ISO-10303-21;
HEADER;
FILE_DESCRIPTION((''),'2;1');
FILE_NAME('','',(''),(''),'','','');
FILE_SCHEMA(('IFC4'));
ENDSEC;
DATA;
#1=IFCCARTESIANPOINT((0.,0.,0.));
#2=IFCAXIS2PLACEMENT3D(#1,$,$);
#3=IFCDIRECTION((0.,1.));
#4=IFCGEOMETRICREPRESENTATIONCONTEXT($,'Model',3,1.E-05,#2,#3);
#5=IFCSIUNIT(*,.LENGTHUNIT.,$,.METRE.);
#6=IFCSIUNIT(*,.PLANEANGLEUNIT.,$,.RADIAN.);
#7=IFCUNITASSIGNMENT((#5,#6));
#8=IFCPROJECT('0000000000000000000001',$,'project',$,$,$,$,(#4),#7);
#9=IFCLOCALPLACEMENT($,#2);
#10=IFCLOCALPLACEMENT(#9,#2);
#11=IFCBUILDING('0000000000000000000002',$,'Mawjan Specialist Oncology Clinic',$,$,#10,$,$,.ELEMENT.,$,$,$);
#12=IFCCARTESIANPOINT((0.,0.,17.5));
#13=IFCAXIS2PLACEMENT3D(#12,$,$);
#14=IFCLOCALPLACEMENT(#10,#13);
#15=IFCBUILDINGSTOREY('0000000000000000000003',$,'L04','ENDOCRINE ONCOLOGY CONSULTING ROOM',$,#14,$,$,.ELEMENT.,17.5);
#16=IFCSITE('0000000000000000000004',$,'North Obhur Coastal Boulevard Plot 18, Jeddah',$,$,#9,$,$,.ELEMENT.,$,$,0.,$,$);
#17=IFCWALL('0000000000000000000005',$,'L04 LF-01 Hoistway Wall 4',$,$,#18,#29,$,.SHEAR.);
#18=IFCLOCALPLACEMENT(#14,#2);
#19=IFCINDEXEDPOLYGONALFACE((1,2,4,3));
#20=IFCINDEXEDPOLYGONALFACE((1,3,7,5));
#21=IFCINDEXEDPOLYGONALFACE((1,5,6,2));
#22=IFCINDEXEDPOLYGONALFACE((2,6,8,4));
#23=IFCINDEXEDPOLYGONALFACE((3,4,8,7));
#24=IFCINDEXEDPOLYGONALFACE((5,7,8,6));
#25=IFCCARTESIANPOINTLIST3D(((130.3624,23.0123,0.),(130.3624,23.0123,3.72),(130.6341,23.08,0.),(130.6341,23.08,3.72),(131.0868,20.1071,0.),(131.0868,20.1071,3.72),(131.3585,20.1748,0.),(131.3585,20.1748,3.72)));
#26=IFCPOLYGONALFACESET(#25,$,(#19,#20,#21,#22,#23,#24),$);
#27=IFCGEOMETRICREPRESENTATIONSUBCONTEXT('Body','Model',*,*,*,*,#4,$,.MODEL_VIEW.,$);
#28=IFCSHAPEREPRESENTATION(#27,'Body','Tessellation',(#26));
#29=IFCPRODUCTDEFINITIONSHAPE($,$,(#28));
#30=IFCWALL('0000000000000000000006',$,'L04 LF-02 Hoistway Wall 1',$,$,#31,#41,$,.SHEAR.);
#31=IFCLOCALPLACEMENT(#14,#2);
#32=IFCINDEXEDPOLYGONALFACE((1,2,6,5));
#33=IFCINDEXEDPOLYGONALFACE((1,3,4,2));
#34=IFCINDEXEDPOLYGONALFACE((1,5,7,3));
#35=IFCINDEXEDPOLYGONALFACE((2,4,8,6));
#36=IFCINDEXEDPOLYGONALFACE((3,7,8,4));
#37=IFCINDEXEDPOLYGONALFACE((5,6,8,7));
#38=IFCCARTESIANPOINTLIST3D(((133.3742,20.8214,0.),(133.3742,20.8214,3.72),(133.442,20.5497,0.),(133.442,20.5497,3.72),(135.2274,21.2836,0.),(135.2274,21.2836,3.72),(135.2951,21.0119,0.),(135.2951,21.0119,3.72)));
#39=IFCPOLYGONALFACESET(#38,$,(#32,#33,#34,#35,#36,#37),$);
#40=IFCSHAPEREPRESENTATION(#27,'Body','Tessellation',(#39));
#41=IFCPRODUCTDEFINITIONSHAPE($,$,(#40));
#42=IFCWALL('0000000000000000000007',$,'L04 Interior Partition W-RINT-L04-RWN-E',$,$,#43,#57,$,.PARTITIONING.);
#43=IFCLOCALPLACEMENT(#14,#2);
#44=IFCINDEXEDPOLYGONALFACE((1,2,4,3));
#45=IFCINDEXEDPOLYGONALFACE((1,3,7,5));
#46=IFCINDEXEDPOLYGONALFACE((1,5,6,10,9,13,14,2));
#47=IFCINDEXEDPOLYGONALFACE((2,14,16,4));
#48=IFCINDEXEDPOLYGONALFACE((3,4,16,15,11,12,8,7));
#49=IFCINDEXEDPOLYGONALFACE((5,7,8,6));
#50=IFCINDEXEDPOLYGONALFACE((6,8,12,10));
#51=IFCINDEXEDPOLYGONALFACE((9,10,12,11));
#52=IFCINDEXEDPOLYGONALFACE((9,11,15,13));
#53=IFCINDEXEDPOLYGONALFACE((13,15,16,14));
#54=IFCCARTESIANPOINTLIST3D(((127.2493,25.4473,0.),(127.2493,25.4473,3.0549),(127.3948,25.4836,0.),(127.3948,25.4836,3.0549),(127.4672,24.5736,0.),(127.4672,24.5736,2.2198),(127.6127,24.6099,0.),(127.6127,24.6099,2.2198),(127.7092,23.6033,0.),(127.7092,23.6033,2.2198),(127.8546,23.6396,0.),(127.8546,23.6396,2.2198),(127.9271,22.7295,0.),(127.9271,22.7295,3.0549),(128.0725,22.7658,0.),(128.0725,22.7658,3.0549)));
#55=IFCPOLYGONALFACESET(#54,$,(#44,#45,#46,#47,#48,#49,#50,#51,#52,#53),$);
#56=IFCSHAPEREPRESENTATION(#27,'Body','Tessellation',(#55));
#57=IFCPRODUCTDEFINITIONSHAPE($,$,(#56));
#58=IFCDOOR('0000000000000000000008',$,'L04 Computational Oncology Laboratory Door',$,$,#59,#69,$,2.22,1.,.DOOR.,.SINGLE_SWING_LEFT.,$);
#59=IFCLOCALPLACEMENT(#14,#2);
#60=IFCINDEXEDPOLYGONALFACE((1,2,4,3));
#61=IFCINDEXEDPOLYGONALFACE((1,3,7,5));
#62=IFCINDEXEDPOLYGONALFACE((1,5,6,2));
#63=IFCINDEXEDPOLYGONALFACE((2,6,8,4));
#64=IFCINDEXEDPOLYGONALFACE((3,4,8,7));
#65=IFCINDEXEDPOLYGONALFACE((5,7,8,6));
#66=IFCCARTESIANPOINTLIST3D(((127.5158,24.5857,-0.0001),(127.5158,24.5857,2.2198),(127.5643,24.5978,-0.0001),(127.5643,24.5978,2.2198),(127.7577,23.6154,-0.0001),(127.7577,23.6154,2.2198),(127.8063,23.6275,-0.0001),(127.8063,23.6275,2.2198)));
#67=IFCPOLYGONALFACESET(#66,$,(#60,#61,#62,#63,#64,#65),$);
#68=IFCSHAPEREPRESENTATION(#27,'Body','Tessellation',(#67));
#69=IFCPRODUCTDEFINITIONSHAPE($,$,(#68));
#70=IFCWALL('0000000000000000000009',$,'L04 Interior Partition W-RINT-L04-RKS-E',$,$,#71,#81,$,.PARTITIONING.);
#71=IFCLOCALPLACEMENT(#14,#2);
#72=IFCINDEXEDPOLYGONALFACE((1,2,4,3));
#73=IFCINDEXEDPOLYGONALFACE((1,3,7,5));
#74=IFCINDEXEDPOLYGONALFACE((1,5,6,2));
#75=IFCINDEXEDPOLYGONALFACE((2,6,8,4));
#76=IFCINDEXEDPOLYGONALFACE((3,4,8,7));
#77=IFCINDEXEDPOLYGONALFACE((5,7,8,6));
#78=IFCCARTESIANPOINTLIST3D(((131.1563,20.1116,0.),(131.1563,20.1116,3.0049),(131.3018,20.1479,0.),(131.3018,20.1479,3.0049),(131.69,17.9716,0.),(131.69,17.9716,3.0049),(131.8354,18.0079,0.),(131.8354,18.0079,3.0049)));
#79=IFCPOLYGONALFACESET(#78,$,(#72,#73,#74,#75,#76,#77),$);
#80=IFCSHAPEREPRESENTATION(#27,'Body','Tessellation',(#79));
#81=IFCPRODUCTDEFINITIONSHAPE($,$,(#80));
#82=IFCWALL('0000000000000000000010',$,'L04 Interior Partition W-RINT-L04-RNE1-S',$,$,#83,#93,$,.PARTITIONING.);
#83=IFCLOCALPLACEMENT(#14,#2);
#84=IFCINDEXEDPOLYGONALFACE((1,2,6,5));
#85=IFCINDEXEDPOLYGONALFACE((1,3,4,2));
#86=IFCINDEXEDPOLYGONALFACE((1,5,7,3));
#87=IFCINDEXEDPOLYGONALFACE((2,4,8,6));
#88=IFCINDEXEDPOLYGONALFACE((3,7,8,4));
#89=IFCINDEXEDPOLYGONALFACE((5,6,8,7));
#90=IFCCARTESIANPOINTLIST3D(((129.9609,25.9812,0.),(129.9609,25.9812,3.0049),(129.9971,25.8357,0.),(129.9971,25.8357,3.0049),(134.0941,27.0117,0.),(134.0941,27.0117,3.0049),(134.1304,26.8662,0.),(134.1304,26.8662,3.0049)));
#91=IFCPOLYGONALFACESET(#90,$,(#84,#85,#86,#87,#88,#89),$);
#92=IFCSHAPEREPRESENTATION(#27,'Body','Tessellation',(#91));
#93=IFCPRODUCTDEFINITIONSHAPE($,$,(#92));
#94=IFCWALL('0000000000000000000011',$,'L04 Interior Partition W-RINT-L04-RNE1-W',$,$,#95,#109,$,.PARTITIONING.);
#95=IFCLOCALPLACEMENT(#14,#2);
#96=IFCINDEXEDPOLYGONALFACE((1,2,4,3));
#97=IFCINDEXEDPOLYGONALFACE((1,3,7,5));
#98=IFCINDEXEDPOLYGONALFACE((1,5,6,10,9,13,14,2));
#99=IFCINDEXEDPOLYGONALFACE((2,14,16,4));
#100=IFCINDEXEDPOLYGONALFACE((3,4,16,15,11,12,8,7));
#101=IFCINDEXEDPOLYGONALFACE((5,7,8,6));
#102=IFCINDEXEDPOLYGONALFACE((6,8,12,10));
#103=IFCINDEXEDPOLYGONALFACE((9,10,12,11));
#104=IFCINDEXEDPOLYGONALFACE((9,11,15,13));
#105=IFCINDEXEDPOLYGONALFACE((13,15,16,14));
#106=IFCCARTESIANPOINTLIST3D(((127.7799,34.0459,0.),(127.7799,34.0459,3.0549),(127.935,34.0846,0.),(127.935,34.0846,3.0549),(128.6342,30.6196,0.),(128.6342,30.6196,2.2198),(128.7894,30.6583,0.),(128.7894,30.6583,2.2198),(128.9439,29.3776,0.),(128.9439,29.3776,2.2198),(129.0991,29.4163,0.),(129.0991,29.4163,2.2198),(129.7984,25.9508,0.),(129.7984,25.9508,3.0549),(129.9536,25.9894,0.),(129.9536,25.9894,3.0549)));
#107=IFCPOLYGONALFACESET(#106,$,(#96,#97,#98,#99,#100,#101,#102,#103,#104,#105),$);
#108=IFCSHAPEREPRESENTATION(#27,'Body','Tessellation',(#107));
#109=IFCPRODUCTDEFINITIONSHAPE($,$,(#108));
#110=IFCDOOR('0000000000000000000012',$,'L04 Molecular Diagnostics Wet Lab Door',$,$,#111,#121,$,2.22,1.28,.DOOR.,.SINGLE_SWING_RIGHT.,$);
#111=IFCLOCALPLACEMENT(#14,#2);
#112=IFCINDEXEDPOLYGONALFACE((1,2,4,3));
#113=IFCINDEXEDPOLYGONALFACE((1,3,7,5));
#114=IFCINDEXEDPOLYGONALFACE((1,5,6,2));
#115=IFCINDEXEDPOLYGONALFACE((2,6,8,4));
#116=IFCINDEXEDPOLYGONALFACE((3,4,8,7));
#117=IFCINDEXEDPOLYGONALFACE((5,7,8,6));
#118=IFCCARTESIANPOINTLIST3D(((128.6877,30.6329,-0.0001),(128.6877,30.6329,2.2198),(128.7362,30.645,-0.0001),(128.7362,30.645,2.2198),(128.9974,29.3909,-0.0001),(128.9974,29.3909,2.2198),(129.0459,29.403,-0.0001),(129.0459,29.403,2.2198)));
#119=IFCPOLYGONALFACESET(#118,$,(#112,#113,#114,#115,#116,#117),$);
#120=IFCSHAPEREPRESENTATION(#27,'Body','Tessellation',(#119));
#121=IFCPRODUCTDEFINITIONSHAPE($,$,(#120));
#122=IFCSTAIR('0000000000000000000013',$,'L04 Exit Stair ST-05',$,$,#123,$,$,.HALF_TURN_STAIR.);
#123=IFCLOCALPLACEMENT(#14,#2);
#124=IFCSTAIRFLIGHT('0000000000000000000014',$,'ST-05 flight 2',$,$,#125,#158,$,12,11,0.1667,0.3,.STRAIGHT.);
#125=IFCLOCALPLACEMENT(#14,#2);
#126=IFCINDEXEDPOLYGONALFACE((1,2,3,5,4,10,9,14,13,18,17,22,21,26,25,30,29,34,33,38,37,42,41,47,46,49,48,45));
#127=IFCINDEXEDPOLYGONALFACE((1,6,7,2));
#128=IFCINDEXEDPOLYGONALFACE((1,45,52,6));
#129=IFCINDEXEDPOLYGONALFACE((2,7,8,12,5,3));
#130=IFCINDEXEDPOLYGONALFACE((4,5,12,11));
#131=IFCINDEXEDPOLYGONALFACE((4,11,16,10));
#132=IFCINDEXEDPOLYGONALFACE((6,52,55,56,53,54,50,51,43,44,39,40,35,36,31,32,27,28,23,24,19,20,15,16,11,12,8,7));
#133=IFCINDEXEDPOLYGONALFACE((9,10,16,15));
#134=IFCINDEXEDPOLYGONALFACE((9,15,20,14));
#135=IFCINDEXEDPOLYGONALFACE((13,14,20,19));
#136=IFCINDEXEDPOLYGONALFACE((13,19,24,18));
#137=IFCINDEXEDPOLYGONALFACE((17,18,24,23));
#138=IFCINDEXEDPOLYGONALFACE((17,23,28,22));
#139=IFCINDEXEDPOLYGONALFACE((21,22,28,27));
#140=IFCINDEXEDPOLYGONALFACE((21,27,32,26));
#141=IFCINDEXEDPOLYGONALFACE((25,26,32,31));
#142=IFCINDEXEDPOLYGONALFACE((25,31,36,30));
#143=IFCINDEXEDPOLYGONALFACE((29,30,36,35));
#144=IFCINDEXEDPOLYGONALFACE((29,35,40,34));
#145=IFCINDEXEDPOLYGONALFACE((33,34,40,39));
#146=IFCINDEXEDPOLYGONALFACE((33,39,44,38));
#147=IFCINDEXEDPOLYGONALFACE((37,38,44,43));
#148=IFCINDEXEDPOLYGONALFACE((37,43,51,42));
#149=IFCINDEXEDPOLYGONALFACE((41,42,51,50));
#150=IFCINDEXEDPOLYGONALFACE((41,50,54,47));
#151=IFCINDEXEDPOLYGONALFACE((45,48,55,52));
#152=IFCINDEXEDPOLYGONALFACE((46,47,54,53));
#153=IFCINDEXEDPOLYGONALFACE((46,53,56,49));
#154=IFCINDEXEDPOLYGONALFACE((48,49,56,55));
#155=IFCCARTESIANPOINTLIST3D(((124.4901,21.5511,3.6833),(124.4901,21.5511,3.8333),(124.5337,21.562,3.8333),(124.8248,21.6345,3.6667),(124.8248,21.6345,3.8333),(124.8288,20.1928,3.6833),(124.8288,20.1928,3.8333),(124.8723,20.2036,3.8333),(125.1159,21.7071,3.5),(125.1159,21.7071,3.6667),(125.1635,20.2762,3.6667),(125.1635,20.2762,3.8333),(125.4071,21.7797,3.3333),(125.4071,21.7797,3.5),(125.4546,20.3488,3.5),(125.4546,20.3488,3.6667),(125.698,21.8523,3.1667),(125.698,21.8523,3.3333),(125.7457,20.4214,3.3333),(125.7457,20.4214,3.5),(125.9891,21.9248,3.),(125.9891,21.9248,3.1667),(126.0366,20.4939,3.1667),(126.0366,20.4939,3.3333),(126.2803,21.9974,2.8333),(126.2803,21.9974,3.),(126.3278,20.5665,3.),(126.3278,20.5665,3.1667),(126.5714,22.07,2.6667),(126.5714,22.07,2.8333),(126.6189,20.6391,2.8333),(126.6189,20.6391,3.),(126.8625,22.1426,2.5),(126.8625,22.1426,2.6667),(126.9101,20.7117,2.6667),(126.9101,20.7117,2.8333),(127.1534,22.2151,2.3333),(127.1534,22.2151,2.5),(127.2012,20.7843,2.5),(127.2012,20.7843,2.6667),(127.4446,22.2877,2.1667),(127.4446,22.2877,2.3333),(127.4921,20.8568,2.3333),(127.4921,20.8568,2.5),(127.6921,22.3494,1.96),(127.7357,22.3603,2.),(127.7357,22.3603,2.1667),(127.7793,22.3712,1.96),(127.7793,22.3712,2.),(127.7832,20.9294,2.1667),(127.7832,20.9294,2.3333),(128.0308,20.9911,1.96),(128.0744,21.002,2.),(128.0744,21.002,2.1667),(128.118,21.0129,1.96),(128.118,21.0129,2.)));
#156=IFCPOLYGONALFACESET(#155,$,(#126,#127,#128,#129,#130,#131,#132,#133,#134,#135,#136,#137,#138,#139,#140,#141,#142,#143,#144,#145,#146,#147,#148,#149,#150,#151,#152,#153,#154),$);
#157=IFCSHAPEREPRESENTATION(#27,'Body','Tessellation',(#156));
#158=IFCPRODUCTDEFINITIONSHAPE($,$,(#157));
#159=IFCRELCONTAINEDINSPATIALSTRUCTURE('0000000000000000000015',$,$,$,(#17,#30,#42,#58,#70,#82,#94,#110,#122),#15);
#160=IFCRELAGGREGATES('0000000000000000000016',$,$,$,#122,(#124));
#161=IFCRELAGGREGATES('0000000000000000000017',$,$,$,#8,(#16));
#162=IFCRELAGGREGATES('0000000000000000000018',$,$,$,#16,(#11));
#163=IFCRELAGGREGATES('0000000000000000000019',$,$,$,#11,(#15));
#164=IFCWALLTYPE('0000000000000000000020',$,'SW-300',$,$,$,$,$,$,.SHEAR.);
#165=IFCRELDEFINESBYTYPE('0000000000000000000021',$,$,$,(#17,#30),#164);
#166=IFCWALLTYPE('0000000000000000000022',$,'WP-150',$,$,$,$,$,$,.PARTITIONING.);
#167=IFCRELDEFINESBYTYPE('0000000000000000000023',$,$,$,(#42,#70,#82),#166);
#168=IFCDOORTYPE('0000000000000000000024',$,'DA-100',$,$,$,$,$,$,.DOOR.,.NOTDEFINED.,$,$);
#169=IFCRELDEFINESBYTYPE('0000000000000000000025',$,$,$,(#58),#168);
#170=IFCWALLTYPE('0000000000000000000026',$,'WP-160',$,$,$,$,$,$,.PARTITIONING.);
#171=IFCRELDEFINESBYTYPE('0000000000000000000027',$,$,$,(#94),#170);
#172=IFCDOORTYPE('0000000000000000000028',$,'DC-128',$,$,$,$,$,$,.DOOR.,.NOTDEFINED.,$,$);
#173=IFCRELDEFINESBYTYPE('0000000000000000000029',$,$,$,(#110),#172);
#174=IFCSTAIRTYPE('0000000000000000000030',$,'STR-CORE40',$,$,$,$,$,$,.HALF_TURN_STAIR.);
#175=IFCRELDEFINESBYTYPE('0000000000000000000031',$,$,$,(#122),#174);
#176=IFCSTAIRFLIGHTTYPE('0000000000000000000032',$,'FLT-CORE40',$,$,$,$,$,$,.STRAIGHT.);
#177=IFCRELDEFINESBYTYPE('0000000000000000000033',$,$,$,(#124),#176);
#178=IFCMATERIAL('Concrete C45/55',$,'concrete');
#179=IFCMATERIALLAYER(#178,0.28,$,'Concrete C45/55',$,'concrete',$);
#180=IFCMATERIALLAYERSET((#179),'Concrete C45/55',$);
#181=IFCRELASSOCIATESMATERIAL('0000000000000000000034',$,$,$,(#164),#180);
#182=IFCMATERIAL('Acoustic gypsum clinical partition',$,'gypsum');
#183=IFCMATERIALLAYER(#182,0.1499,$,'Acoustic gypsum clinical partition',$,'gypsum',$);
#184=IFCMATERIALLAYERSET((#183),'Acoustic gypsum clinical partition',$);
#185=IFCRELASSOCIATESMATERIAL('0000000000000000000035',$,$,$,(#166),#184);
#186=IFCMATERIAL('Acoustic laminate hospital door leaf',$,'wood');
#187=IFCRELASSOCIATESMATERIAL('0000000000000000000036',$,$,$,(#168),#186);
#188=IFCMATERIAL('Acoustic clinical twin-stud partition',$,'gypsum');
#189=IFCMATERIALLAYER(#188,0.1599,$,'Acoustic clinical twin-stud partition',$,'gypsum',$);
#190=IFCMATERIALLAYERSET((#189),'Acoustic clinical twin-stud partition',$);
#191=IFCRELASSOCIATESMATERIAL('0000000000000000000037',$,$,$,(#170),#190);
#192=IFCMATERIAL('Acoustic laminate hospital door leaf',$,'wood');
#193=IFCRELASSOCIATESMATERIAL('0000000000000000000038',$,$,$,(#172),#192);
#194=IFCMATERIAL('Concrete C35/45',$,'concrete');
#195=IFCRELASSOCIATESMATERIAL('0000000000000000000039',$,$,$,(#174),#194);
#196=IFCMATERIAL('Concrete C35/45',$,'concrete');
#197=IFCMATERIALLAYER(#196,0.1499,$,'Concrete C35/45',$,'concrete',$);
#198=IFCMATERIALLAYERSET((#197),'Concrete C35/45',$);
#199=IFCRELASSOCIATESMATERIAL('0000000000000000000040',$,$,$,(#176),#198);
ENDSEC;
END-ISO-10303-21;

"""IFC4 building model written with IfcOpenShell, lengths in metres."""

from ifc_helpers import new_model, si_unit, direction, frame, frame_2d, origin, place, context, subcontext, project, spatial, polyline, rectangle, outline, extrude, material, layer, layer_set, type_object, element, fill, aggregate, save


model = new_model("IFC4")

# Units and contexts
model_context = context("Model", 3, precision=1e-05, world=origin(), true_north=direction((0.0, 1.0)))
body_context = subcontext(model_context, "Body", "Model", "MODEL_VIEW")
ifc_project = project(units=[si_unit("LENGTHUNIT", "METRE"), si_unit("PLANEANGLEUNIT", "RADIAN")], contexts=[model_context])

# Site, building, storey
site_placement = place(None, origin())
site = spatial("IfcSite", under=ifc_project, at=site_placement, Name="North Obhur Coastal Boulevard Plot 18, Jeddah", CompositionType="ELEMENT", RefElevation=0.0)
building_placement = place(site_placement, origin())
building = spatial("IfcBuilding", under=site, at=building_placement, Name="Mawjan Specialist Oncology Clinic", CompositionType="ELEMENT")
storey_placement = place(building_placement, frame((0.0, 0.0, 17.5)))
storey = spatial("IfcBuildingStorey", under=building, at=storey_placement, Name="L04", Description="ENDOCRINE ONCOLOGY CONSULTING ROOM", CompositionType="ELEMENT", Elevation=17.5)

# Shared definitions
ifc_material_1 = material(Name="Concrete C45/55", Category="concrete")
ifc_layer_1 = layer(ifc_material_1, 0.28, Name="Concrete C45/55", Category="concrete")
ifc_layer_set_1 = layer_set([ifc_layer_1], Name="Concrete C45/55")
wall_type_1 = type_object("IfcWallType", Name="SW-300", PredefinedType="SHEAR", material=ifc_layer_set_1)

# Walls
wall_1_placement = place(storey_placement, frame((130.4983, 23.0461, 0.0), z_axis=(0.0, 0.0, 1.0), x_axis=(0.241922, -0.970296, 0.0)))
element("IfcWall", 1, at=wall_1_placement, inside=storey, type_object=wall_type_1, Name="L04 LF-01 Hoistway Wall 4", PredefinedType="SHEAR", context=body_context, shape_type="SweptSolid", body=[
    extrude(rectangle(XDim=2.9941, YDim=0.28, at=frame_2d((1.4971, 0.0))), origin(), (0.0, 0.0, 1.0), 3.72),
])
wall_2_placement = place(storey_placement, frame((133.408, 20.6855, 0.0), z_axis=(0.0, 0.0, 1.0), x_axis=(0.970285, 0.241964, 0.0)))
element("IfcWall", 2, at=wall_2_placement, inside=storey, type_object=wall_type_1, Name="L04 LF-02 Hoistway Wall 1", PredefinedType="SHEAR", context=body_context, shape_type="SweptSolid", body=[
    extrude(rectangle(XDim=1.9099, YDim=0.28, at=frame_2d((0.9551, 0.0))), origin(), (0.0, 0.0, 1.0), 3.72),
])

# Wall, opening, door
ifc_material_2 = material(Name="Acoustic gypsum clinical partition", Category="gypsum")
ifc_layer_2 = layer(ifc_material_2, 0.1499, Name="Acoustic gypsum clinical partition", Category="gypsum")
ifc_layer_set_2 = layer_set([ifc_layer_2], Name="Acoustic gypsum clinical partition")
wall_type_2 = type_object("IfcWallType", Name="WP-150", PredefinedType="PARTITIONING", material=ifc_layer_set_2)
wall_3_placement = place(storey_placement, frame((127.9998, 22.7478, 0.0), z_axis=(0.0, 0.0, 1.0), x_axis=(-0.241961, 0.970286, 0.0)))
wall_3 = element("IfcWall", 3, at=wall_3_placement, inside=storey, type_object=wall_type_2, Name="L04 Interior Partition W-RINT-L04-RWN-E", PredefinedType="PARTITIONING", context=body_context, shape_type="SweptSolid", body=[
    extrude(rectangle(XDim=2.801, YDim=0.1499, at=frame_2d((1.4004, 0.0))), origin(), (0.0, 0.0, 1.0), 3.0549),
])
opening_1_placement = place(wall_3_placement, frame((0.9004, 0.0, 0.0)))
opening_1 = element("IfcOpeningElement", 4, at=opening_1_placement, cuts=wall_3, PredefinedType="OPENING", context=body_context, shape_type="SweptSolid", body=[
    extrude(rectangle(XDim=1.0, YDim=2.22, at=frame_2d((0.5, 1.1099))), frame((0.0, 0.0869, 0.0), z_axis=(0.0, -1.0, 0.0), x_axis=(1.0, 0.0, 0.0)), (0.0, 0.0, 1.0), 0.1738),
])
ifc_material_3 = material(Name="Acoustic laminate hospital door leaf", Category="wood")
door_type_1 = type_object("IfcDoorType", Name="DA-100", OperationType="NOTDEFINED", PredefinedType="DOOR", material=ifc_material_3)
door_1_placement = place(opening_1_placement, origin())
door_1 = element("IfcDoor", 5, at=door_1_placement, inside=storey, type_object=door_type_1, Name="L04 Computational Oncology Laboratory Door", OperationType="SINGLE_SWING_LEFT", OverallHeight=2.22, OverallWidth=1.0, PredefinedType="DOOR", context=body_context, shape_type="SweptSolid", body=[
    extrude(rectangle(XDim=1.0, YDim=2.22, at=frame_2d((0.5, 1.1099))), frame((0.0, 0.0249, 0.0), z_axis=(0.0, -1.0, 0.0), x_axis=(1.0, 0.0, 0.0)), (0.0, 0.0, 1.0), 0.05),
])
fill(opening_1, door_1)

# Walls
wall_4_placement = place(storey_placement, frame((131.7627, 17.9897, 0.0), z_axis=(0.0, 0.0, 1.0), x_axis=(-0.241963, 0.970286, 0.0)))
element("IfcWall", 6, at=wall_4_placement, inside=storey, type_object=wall_type_2, Name="L04 Interior Partition W-RINT-L04-RKS-E", PredefinedType="PARTITIONING", context=body_context, shape_type="SweptSolid", body=[
    extrude(rectangle(XDim=2.2056, YDim=0.1499, at=frame_2d((1.1028, 0.0))), origin(), (0.0, 0.0, 1.0), 3.0049),
])
wall_5_placement = place(storey_placement, frame((129.979, 25.9084, 0.0), z_axis=(0.0, 0.0, 1.0), x_axis=(0.970297, 0.241915, 0.0)))
element("IfcWall", 7, at=wall_5_placement, inside=storey, type_object=wall_type_2, Name="L04 Interior Partition W-RINT-L04-RNE1-S", PredefinedType="PARTITIONING", context=body_context, shape_type="SweptSolid", body=[
    extrude(rectangle(XDim=4.2598, YDim=0.1499, at=frame_2d((2.1299, 0.0))), origin(), (0.0, 0.0, 1.0), 3.0049),
])

# Wall, opening, door
ifc_material_4 = material(Name="Acoustic clinical twin-stud partition", Category="gypsum")
ifc_layer_3 = layer(ifc_material_4, 0.1599, Name="Acoustic clinical twin-stud partition", Category="gypsum")
ifc_layer_set_3 = layer_set([ifc_layer_3], Name="Acoustic clinical twin-stud partition")
wall_type_3 = type_object("IfcWallType", Name="WP-160", PredefinedType="PARTITIONING", material=ifc_layer_set_3)
wall_6_placement = place(storey_placement, frame((129.876, 25.9702, 0.0), z_axis=(0.0, 0.0, 1.0), x_axis=(-0.241943, 0.97029, 0.0)))
wall_6 = element("IfcWall", 8, at=wall_6_placement, inside=storey, type_object=wall_type_3, Name="L04 Interior Partition W-RINT-L04-RNE1-W", PredefinedType="PARTITIONING", context=body_context, shape_type="SweptSolid", body=[
    extrude(rectangle(XDim=8.343, YDim=0.1599, at=frame_2d((4.1714, 0.0))), origin(), (0.0, 0.0, 1.0), 3.0549),
])
opening_2_placement = place(wall_6_placement, frame((3.5315, 0.0, 0.0)))
opening_2 = element("IfcOpeningElement", 9, at=opening_2_placement, cuts=wall_6, PredefinedType="OPENING", context=body_context, shape_type="SweptSolid", body=[
    extrude(rectangle(XDim=1.28, YDim=2.22, at=frame_2d((0.6401, 1.1099))), frame((0.0, 0.092, 0.0), z_axis=(0.0, -1.0, 0.0), x_axis=(1.0, 0.0, 0.0)), (0.0, 0.0, 1.0), 0.1838),
])
ifc_material_5 = material(Name="Acoustic laminate hospital door leaf", Category="wood")
door_type_2 = type_object("IfcDoorType", Name="DC-128", OperationType="NOTDEFINED", PredefinedType="DOOR", material=ifc_material_5)
door_2_placement = place(opening_2_placement, origin())
door_2 = element("IfcDoor", 10, at=door_2_placement, inside=storey, type_object=door_type_2, Name="L04 Molecular Diagnostics Wet Lab Door", OperationType="SINGLE_SWING_RIGHT", OverallHeight=2.22, OverallWidth=1.28, PredefinedType="DOOR", context=body_context, shape_type="SweptSolid", body=[
    extrude(rectangle(XDim=1.28, YDim=2.22, at=frame_2d((0.6401, 1.1099))), frame((0.0, 0.0249, 0.0), z_axis=(0.0, -1.0, 0.0), x_axis=(1.0, 0.0, 0.0)), (0.0, 0.0, 1.0), 0.05),
])
fill(opening_2, door_2)

# Stair, stair flight
ifc_material_6 = material(Name="Concrete C35/45", Category="concrete")
stair_type = type_object("IfcStairType", Name="STR-CORE40", PredefinedType="HALF_TURN_STAIR", material=ifc_material_6)
stair_placement = place(storey_placement, origin())
stair = element("IfcStair", 11, at=stair_placement, inside=storey, type_object=stair_type, Name="L04 Exit Stair ST-05", PredefinedType="HALF_TURN_STAIR")
ifc_material_7 = material(Name="Concrete C35/45", Category="concrete")
ifc_layer_4 = layer(ifc_material_7, 0.1499, Name="Concrete C35/45", Category="concrete")
ifc_layer_set_4 = layer_set([ifc_layer_4], Name="Concrete C35/45")
stair_flight_type = type_object("IfcStairFlightType", Name="FLT-CORE40", PredefinedType="STRAIGHT", material=ifc_layer_set_4)
stair_flight_placement = place(storey_placement, frame((127.905, 21.6812, 2.0), z_axis=(0.0, 0.0, 1.0), x_axis=(-0.970296, -0.241922, 0.0)))
stair_flight = element("IfcStairFlight", 12, at=stair_flight_placement, type_object=stair_flight_type, Name="ST-05 flight 2", NumberOfRisers=12, NumberOfTreads=11, PredefinedType="STRAIGHT", RiserHeight=0.1667, TreadLength=0.3, context=body_context, shape_type="SweptSolid", body=[
    extrude(outline(polyline([(-0.0449, -0.04), (-0.0449, 0.0), (0.0, 0.0), (0.0, 0.1667), (0.3, 0.1667), (0.3, 0.3333), (0.6001, 0.3333), (0.6001, 0.5), (0.8999, 0.5), (0.8999, 0.6667), (1.2, 0.6667), (1.2, 0.8333), (1.5, 0.8333), (1.5, 1.0), (1.8, 1.0), (1.8, 1.1667), (2.1001, 1.1667), (2.1001, 1.3333), (2.3999, 1.3333), (2.3999, 1.5), (2.7, 1.5), (2.7, 1.6667), (3.0, 1.6667), (3.0, 1.8333), (3.3, 1.8333), (3.345, 1.8333), (3.345, 1.6833), (0.0449, -0.04), (-0.0449, -0.04)])), frame((0.0, 0.7, 0.0), z_axis=(0.0, -1.0, 0.0), x_axis=(1.0, 0.0, 0.0)), (0.0, 0.0, 1.0), 1.3999),
])
aggregate(stair, [stair_flight])

save(model, "model.ifc")
